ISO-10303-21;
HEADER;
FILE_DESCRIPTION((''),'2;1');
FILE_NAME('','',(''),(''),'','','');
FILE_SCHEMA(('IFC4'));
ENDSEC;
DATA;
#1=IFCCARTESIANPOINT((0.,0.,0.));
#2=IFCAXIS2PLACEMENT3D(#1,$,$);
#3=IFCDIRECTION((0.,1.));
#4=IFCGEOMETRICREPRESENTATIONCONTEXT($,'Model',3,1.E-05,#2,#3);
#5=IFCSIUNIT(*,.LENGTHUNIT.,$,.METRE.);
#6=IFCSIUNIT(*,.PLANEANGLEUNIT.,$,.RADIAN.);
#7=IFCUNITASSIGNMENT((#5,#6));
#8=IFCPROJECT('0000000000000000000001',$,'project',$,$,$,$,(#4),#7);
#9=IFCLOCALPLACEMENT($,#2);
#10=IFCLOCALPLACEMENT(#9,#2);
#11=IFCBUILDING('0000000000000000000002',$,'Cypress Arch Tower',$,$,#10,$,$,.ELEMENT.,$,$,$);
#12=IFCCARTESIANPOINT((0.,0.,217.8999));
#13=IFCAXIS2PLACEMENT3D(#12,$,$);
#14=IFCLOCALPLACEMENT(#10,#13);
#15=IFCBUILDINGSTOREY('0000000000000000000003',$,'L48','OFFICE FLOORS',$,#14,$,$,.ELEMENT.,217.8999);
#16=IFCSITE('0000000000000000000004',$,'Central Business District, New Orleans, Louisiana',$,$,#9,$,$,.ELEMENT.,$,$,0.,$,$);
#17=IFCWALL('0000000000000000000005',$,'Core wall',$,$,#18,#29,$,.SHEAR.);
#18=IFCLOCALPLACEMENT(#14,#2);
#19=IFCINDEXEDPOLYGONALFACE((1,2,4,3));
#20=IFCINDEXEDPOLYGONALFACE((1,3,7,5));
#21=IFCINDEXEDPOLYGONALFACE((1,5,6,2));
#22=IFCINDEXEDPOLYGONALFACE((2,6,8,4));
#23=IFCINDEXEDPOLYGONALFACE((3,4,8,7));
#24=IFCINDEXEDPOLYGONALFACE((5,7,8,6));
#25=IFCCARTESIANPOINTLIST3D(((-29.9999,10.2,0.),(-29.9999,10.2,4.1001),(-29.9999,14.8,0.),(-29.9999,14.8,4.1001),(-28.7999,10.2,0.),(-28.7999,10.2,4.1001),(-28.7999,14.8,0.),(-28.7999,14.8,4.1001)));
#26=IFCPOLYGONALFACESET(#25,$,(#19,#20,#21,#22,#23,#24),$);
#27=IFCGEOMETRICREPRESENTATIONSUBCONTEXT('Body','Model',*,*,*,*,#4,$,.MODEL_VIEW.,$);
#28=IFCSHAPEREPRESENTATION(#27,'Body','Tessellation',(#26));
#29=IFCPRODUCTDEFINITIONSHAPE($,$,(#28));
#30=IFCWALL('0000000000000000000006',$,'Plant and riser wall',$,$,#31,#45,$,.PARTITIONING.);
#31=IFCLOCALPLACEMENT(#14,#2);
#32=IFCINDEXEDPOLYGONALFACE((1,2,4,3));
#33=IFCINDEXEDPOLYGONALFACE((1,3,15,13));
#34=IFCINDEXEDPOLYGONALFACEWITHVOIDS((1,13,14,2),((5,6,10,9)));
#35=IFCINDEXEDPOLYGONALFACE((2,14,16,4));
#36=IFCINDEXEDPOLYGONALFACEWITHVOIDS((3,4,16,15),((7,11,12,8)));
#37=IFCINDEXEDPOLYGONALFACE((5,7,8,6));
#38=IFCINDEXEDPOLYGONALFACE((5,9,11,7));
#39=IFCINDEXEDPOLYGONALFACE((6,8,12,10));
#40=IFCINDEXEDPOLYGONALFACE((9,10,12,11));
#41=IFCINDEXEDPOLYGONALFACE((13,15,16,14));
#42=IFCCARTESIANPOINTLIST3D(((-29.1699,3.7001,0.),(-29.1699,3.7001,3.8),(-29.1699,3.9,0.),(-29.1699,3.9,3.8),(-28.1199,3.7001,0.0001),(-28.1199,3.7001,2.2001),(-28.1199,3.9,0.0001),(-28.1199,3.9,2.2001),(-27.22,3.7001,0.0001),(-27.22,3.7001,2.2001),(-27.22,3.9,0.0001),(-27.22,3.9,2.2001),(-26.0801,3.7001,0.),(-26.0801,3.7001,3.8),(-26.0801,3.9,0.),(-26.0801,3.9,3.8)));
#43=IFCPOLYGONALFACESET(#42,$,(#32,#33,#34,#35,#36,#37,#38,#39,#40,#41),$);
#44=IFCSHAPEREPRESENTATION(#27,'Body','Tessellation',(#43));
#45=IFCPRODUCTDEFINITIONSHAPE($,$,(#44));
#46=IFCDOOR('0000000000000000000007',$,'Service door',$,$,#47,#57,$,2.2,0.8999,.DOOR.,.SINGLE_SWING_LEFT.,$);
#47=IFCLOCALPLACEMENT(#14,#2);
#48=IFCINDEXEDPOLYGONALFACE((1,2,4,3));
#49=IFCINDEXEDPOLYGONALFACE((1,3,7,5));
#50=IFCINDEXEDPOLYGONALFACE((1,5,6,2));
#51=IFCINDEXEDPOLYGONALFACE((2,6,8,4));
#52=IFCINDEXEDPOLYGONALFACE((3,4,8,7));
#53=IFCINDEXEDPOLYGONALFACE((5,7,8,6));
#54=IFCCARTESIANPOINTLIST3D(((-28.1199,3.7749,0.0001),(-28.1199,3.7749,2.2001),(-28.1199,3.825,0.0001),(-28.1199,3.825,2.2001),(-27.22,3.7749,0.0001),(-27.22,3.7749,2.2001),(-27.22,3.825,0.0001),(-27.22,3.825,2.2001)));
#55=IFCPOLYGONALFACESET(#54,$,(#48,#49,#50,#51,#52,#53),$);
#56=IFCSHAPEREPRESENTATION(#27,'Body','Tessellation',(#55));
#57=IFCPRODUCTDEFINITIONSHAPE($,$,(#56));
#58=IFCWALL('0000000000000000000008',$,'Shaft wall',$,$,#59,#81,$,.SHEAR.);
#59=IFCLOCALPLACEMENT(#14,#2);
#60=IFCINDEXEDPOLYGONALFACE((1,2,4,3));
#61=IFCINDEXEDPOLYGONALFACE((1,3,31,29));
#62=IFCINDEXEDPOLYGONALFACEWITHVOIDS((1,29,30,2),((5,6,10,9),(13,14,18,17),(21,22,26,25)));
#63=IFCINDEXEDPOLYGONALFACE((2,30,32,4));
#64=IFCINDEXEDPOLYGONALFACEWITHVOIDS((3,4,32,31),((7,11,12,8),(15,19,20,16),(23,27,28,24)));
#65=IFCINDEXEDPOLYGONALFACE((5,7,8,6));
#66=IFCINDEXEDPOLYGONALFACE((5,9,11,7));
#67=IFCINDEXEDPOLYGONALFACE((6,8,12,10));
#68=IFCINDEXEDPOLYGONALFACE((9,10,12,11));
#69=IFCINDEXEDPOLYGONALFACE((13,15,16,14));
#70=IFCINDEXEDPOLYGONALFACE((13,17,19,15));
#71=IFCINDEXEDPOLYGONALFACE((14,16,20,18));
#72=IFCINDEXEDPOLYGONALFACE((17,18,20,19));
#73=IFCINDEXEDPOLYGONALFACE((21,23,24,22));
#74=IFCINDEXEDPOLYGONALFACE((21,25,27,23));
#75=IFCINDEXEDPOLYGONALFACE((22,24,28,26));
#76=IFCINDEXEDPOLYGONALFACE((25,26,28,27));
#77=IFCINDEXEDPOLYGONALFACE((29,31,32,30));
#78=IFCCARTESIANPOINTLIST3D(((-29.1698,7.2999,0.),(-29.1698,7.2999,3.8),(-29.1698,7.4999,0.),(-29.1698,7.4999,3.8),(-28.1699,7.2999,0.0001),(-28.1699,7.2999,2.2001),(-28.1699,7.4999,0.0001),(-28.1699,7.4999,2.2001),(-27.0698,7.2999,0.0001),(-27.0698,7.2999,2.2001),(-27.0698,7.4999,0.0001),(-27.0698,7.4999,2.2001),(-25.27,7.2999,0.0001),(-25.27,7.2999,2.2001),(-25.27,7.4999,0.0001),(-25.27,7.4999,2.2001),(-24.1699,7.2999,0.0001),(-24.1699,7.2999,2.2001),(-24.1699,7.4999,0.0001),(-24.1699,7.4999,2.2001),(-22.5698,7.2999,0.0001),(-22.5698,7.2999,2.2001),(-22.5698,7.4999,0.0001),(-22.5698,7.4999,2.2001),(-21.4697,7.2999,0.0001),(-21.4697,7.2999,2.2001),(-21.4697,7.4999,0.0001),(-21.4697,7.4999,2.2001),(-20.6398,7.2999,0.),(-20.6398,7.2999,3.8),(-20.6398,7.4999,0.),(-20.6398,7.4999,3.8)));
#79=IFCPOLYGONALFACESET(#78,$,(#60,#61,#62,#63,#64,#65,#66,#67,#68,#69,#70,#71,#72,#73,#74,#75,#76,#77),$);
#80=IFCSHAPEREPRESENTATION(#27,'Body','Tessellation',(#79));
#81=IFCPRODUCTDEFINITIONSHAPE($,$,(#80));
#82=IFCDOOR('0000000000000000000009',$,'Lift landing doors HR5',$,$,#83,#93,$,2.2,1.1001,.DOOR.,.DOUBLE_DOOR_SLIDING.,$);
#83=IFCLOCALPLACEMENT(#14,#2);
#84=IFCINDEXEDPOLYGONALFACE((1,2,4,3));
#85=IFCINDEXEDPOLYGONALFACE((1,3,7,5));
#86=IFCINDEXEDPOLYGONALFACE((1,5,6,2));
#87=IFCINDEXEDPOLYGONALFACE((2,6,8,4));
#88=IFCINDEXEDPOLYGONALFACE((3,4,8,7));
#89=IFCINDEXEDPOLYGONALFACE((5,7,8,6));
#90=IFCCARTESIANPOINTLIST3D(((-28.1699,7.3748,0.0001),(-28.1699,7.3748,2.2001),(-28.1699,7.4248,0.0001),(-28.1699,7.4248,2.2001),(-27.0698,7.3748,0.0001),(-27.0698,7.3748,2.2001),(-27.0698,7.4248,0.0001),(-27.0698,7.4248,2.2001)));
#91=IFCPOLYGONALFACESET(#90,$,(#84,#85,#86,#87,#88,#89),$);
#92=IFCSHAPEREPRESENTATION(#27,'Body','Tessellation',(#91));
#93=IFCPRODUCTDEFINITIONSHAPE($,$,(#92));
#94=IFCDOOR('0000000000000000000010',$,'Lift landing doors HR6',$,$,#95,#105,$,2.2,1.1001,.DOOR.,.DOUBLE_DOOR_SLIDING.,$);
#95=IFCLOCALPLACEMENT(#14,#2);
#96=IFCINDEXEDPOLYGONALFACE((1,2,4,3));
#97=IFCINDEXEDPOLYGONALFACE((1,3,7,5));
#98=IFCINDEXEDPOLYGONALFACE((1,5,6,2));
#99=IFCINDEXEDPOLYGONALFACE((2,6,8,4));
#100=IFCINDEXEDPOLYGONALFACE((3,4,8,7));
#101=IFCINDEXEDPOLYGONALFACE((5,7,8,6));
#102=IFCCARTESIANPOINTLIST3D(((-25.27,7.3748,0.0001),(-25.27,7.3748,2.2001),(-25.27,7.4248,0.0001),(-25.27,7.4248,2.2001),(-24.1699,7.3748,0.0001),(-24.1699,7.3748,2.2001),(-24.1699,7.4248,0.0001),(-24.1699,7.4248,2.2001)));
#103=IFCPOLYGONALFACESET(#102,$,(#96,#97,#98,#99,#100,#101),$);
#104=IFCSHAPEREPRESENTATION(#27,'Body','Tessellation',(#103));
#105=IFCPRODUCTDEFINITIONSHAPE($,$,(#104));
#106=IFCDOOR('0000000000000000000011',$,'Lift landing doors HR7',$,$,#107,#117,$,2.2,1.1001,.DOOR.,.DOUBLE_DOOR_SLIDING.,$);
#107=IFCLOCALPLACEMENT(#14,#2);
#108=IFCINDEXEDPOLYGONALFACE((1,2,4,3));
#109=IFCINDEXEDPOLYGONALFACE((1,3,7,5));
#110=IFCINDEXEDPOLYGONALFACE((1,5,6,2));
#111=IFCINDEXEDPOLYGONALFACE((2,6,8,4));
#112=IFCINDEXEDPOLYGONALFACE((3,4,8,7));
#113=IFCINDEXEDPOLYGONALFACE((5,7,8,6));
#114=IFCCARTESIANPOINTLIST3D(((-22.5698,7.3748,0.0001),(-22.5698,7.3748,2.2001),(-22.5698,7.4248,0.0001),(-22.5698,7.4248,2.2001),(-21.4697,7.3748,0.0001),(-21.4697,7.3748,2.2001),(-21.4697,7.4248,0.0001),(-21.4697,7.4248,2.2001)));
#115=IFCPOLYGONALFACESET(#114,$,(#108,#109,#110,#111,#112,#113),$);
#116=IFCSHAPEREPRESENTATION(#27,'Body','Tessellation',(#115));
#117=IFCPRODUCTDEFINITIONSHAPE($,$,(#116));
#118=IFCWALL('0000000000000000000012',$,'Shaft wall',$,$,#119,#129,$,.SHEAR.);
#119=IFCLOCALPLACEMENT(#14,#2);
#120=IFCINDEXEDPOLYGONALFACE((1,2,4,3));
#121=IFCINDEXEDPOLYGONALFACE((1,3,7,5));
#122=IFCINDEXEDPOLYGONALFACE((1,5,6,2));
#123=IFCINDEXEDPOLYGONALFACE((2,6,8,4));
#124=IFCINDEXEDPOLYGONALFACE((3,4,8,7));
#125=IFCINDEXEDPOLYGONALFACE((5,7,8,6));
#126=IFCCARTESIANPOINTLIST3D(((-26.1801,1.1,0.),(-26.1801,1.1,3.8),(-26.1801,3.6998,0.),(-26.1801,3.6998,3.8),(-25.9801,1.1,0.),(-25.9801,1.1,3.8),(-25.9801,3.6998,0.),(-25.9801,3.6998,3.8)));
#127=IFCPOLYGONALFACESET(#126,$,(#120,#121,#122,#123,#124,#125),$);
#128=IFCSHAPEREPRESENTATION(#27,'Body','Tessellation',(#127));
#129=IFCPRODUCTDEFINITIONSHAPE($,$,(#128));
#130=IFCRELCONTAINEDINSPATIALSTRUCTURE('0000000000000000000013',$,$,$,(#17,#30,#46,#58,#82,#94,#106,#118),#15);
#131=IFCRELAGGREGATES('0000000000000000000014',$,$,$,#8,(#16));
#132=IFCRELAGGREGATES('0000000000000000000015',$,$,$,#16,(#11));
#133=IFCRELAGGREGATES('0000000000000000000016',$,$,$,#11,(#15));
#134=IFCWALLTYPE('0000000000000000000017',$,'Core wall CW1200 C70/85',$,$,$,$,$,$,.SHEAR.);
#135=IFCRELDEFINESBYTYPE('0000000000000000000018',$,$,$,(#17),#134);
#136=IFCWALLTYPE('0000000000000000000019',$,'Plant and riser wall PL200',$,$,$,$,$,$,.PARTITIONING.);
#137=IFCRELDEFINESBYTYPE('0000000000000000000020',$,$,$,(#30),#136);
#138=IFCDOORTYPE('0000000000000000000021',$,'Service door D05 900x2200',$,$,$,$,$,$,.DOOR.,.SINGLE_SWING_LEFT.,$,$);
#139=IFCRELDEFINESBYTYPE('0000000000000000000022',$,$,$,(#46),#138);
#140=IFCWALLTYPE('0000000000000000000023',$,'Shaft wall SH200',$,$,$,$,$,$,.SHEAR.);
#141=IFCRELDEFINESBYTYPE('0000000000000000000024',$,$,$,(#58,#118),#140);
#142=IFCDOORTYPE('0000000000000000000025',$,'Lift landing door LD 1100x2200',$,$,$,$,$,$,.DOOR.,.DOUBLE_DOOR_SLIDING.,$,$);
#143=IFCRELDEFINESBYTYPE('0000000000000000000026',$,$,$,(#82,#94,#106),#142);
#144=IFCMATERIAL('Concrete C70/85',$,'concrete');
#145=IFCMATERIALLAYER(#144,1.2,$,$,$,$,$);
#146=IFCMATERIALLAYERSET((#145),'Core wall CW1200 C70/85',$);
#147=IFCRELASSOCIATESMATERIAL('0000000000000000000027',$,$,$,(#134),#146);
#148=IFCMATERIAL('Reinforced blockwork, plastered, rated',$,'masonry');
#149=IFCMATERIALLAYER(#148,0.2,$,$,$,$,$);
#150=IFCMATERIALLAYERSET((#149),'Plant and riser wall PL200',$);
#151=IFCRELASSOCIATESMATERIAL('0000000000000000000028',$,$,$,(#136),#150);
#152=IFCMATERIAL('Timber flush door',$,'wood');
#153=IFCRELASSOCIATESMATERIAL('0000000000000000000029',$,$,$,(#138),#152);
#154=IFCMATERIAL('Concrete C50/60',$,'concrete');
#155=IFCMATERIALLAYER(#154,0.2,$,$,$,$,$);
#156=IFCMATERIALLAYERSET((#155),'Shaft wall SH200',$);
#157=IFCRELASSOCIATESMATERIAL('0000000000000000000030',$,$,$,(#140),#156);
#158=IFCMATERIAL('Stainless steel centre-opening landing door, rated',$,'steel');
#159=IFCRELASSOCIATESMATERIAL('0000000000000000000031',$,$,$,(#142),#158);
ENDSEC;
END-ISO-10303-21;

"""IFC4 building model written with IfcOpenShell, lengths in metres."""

from ifc_helpers import new_model, si_unit, direction, frame, frame_2d, origin, place, context, subcontext, project, spatial, rectangle, extrude, material, layer, layer_set, type_object, element, fill, save


model = new_model("IFC4")

# Units and contexts
model_context = context("Model", 3, precision=1e-05, world=origin(), true_north=direction((0.0, 1.0)))
body_context = subcontext(model_context, "Body", "Model", "MODEL_VIEW")
ifc_project = project(units=[si_unit("LENGTHUNIT", "METRE"), si_unit("PLANEANGLEUNIT", "RADIAN")], contexts=[model_context])

# Site, building, storey
site_placement = place(None, origin())
site = spatial("IfcSite", under=ifc_project, at=site_placement, Name="Central Business District, New Orleans, Louisiana", CompositionType="ELEMENT", RefElevation=0.0)
building_placement = place(site_placement, origin())
building = spatial("IfcBuilding", under=site, at=building_placement, Name="Cypress Arch Tower", CompositionType="ELEMENT")
storey_placement = place(building_placement, frame((0.0, 0.0, 217.8999)))
storey = spatial("IfcBuildingStorey", under=building, at=storey_placement, Name="L48", Description="OFFICE FLOORS", CompositionType="ELEMENT", Elevation=217.8999)

# Wall
ifc_material_1 = material(Name="Concrete C70/85", Category="concrete")
ifc_layer_1 = layer(ifc_material_1, 1.2)
ifc_layer_set_1 = layer_set([ifc_layer_1], Name="Core wall CW1200 C70/85")
wall_type_1 = type_object("IfcWallType", Name="Core wall CW1200 C70/85", PredefinedType="SHEAR", material=ifc_layer_set_1)
wall_1_placement = place(storey_placement, frame((-29.3999, 10.2, 0.0), z_axis=(0.0, 0.0, 1.0), x_axis=(0.0, 1.0, 0.0)))
element("IfcWall", 1, at=wall_1_placement, inside=storey, type_object=wall_type_1, Name="Core wall", PredefinedType="SHEAR", context=body_context, shape_type="SweptSolid", body=[
    extrude(rectangle(XDim=4.6001, YDim=1.2, at=frame_2d((2.3, 0.0))), origin(), (0.0, 0.0, 1.0), 4.1001),
])

# Wall, opening, door
ifc_material_2 = material(Name="Reinforced blockwork, plastered, rated", Category="masonry")
ifc_layer_2 = layer(ifc_material_2, 0.2)
ifc_layer_set_2 = layer_set([ifc_layer_2], Name="Plant and riser wall PL200")
wall_type_2 = type_object("IfcWallType", Name="Plant and riser wall PL200", PredefinedType="PARTITIONING", material=ifc_layer_set_2)
wall_2_placement = place(storey_placement, frame((-29.1699, 3.8, 0.0), z_axis=(0.0, 0.0, 1.0), x_axis=(1.0, 0.0, 0.0)))
wall_2 = element("IfcWall", 2, at=wall_2_placement, inside=storey, type_object=wall_type_2, Name="Plant and riser wall", PredefinedType="PARTITIONING", context=body_context, shape_type="SweptSolid", body=[
    extrude(rectangle(XDim=3.0898, YDim=0.2, at=frame_2d((1.5449, 0.0))), origin(), (0.0, 0.0, 1.0), 3.8),
])
opening_1_placement = place(wall_2_placement, frame((1.05, 0.0, 0.0)))
opening_1 = element("IfcOpeningElement", 3, at=opening_1_placement, cuts=wall_2, PredefinedType="OPENING", context=body_context, shape_type="SweptSolid", body=[
    extrude(rectangle(XDim=0.8999, YDim=2.2, at=frame_2d((0.45, 1.1001))), frame((0.0, 0.1099, 0.0), z_axis=(0.0, -1.0, 0.0), x_axis=(1.0, 0.0, 0.0)), (0.0, 0.0, 1.0), 0.22),
])
ifc_material_3 = material(Name="Timber flush door", Category="wood")
door_type_1 = type_object("IfcDoorType", Name="Service door D05 900x2200", OperationType="SINGLE_SWING_LEFT", PredefinedType="DOOR", material=ifc_material_3)
door_1_placement = place(opening_1_placement, origin())
door_1 = element("IfcDoor", 4, at=door_1_placement, inside=storey, type_object=door_type_1, Name="Service door", OperationType="SINGLE_SWING_LEFT", OverallHeight=2.2, OverallWidth=0.8999, PredefinedType="DOOR", context=body_context, shape_type="SweptSolid", body=[
    extrude(rectangle(XDim=0.8999, YDim=2.2, at=frame_2d((0.45, 1.1001))), frame((0.0, 0.0249, 0.0), z_axis=(0.0, -1.0, 0.0), x_axis=(1.0, 0.0, 0.0)), (0.0, 0.0, 1.0), 0.05),
])
fill(opening_1, door_1)

# Wall, openings, doors
ifc_material_4 = material(Name="Concrete C50/60", Category="concrete")
ifc_layer_3 = layer(ifc_material_4, 0.2)
ifc_layer_set_3 = layer_set([ifc_layer_3], Name="Shaft wall SH200")
wall_type_3 = type_object("IfcWallType", Name="Shaft wall SH200", PredefinedType="SHEAR", material=ifc_layer_set_3)
wall_3_placement = place(storey_placement, frame((-29.1699, 7.3999, 0.0), z_axis=(0.0, 0.0, 1.0), x_axis=(1.0, 0.0, 0.0)))
wall_3 = element("IfcWall", 5, at=wall_3_placement, inside=storey, type_object=wall_type_3, Name="Shaft wall", PredefinedType="SHEAR", context=body_context, shape_type="SweptSolid", body=[
    extrude(rectangle(XDim=8.53, YDim=0.2, at=frame_2d((4.2651, 0.0))), origin(), (0.0, 0.0, 1.0), 3.8),
])
opening_2_placement = place(wall_3_placement, frame((1.0, 0.0, 0.0)))
opening_2 = element("IfcOpeningElement", 6, at=opening_2_placement, cuts=wall_3, PredefinedType="OPENING", context=body_context, shape_type="SweptSolid", body=[
    extrude(rectangle(XDim=1.1001, YDim=2.2, at=frame_2d((0.55, 1.1001))), frame((0.0, 0.1099, 0.0), z_axis=(0.0, -1.0, 0.0), x_axis=(1.0, 0.0, 0.0)), (0.0, 0.0, 1.0), 0.22),
])
opening_3_placement = place(wall_3_placement, frame((3.8999, 0.0, 0.0)))
opening_3 = element("IfcOpeningElement", 7, at=opening_3_placement, cuts=wall_3, PredefinedType="OPENING", context=body_context, shape_type="SweptSolid", body=[
    extrude(rectangle(XDim=1.1001, YDim=2.2, at=frame_2d((0.55, 1.1001))), frame((0.0, 0.1099, 0.0), z_axis=(0.0, -1.0, 0.0), x_axis=(1.0, 0.0, 0.0)), (0.0, 0.0, 1.0), 0.22),
])
opening_4_placement = place(wall_3_placement, frame((6.6001, 0.0, 0.0)))
opening_4 = element("IfcOpeningElement", 8, at=opening_4_placement, cuts=wall_3, PredefinedType="OPENING", context=body_context, shape_type="SweptSolid", body=[
    extrude(rectangle(XDim=1.1001, YDim=2.2, at=frame_2d((0.55, 1.1001))), frame((0.0, 0.1099, 0.0), z_axis=(0.0, -1.0, 0.0), x_axis=(1.0, 0.0, 0.0)), (0.0, 0.0, 1.0), 0.22),
])
ifc_material_5 = material(Name="Stainless steel centre-opening landing door, rated", Category="steel")
door_type_2 = type_object("IfcDoorType", Name="Lift landing door LD 1100x2200", OperationType="DOUBLE_DOOR_SLIDING", PredefinedType="DOOR", material=ifc_material_5)
door_2_placement = place(opening_2_placement, origin())
door_2 = element("IfcDoor", 9, at=door_2_placement, inside=storey, type_object=door_type_2, Name="Lift landing doors HR5", OperationType="DOUBLE_DOOR_SLIDING", OverallHeight=2.2, OverallWidth=1.1001, PredefinedType="DOOR", context=body_context, shape_type="SweptSolid", body=[
    extrude(rectangle(XDim=1.1001, YDim=2.2, at=frame_2d((0.55, 1.1001))), frame((0.0, 0.0249, 0.0), z_axis=(0.0, -1.0, 0.0), x_axis=(1.0, 0.0, 0.0)), (0.0, 0.0, 1.0), 0.05),
])
fill(opening_2, door_2)
door_3_placement = place(opening_3_placement, origin())
door_3 = element("IfcDoor", 10, at=door_3_placement, inside=storey, type_object=door_type_2, Name="Lift landing doors HR6", OperationType="DOUBLE_DOOR_SLIDING", OverallHeight=2.2, OverallWidth=1.1001, PredefinedType="DOOR", context=body_context, shape_type="SweptSolid", body=[
    extrude(rectangle(XDim=1.1001, YDim=2.2, at=frame_2d((0.55, 1.1001))), frame((0.0, 0.0249, 0.0), z_axis=(0.0, -1.0, 0.0), x_axis=(1.0, 0.0, 0.0)), (0.0, 0.0, 1.0), 0.05),
])
fill(opening_3, door_3)
door_4_placement = place(opening_4_placement, origin())
door_4 = element("IfcDoor", 11, at=door_4_placement, inside=storey, type_object=door_type_2, Name="Lift landing doors HR7", OperationType="DOUBLE_DOOR_SLIDING", OverallHeight=2.2, OverallWidth=1.1001, PredefinedType="DOOR", context=body_context, shape_type="SweptSolid", body=[
    extrude(rectangle(XDim=1.1001, YDim=2.2, at=frame_2d((0.55, 1.1001))), frame((0.0, 0.0249, 0.0), z_axis=(0.0, -1.0, 0.0), x_axis=(1.0, 0.0, 0.0)), (0.0, 0.0, 1.0), 0.05),
])
fill(opening_4, door_4)

# Wall
wall_4_placement = place(storey_placement, frame((-26.0801, 1.1001, 0.0), z_axis=(0.0, 0.0, 1.0), x_axis=(0.0, 1.0, 0.0)))
element("IfcWall", 12, at=wall_4_placement, inside=storey, type_object=wall_type_3, Name="Shaft wall", PredefinedType="SHEAR", context=body_context, shape_type="SweptSolid", body=[
    extrude(rectangle(XDim=2.5999, YDim=0.2, at=frame_2d((1.2998, 0.0))), origin(), (0.0, 0.0, 1.0), 3.8),
])

save(model, "model.ifc")
